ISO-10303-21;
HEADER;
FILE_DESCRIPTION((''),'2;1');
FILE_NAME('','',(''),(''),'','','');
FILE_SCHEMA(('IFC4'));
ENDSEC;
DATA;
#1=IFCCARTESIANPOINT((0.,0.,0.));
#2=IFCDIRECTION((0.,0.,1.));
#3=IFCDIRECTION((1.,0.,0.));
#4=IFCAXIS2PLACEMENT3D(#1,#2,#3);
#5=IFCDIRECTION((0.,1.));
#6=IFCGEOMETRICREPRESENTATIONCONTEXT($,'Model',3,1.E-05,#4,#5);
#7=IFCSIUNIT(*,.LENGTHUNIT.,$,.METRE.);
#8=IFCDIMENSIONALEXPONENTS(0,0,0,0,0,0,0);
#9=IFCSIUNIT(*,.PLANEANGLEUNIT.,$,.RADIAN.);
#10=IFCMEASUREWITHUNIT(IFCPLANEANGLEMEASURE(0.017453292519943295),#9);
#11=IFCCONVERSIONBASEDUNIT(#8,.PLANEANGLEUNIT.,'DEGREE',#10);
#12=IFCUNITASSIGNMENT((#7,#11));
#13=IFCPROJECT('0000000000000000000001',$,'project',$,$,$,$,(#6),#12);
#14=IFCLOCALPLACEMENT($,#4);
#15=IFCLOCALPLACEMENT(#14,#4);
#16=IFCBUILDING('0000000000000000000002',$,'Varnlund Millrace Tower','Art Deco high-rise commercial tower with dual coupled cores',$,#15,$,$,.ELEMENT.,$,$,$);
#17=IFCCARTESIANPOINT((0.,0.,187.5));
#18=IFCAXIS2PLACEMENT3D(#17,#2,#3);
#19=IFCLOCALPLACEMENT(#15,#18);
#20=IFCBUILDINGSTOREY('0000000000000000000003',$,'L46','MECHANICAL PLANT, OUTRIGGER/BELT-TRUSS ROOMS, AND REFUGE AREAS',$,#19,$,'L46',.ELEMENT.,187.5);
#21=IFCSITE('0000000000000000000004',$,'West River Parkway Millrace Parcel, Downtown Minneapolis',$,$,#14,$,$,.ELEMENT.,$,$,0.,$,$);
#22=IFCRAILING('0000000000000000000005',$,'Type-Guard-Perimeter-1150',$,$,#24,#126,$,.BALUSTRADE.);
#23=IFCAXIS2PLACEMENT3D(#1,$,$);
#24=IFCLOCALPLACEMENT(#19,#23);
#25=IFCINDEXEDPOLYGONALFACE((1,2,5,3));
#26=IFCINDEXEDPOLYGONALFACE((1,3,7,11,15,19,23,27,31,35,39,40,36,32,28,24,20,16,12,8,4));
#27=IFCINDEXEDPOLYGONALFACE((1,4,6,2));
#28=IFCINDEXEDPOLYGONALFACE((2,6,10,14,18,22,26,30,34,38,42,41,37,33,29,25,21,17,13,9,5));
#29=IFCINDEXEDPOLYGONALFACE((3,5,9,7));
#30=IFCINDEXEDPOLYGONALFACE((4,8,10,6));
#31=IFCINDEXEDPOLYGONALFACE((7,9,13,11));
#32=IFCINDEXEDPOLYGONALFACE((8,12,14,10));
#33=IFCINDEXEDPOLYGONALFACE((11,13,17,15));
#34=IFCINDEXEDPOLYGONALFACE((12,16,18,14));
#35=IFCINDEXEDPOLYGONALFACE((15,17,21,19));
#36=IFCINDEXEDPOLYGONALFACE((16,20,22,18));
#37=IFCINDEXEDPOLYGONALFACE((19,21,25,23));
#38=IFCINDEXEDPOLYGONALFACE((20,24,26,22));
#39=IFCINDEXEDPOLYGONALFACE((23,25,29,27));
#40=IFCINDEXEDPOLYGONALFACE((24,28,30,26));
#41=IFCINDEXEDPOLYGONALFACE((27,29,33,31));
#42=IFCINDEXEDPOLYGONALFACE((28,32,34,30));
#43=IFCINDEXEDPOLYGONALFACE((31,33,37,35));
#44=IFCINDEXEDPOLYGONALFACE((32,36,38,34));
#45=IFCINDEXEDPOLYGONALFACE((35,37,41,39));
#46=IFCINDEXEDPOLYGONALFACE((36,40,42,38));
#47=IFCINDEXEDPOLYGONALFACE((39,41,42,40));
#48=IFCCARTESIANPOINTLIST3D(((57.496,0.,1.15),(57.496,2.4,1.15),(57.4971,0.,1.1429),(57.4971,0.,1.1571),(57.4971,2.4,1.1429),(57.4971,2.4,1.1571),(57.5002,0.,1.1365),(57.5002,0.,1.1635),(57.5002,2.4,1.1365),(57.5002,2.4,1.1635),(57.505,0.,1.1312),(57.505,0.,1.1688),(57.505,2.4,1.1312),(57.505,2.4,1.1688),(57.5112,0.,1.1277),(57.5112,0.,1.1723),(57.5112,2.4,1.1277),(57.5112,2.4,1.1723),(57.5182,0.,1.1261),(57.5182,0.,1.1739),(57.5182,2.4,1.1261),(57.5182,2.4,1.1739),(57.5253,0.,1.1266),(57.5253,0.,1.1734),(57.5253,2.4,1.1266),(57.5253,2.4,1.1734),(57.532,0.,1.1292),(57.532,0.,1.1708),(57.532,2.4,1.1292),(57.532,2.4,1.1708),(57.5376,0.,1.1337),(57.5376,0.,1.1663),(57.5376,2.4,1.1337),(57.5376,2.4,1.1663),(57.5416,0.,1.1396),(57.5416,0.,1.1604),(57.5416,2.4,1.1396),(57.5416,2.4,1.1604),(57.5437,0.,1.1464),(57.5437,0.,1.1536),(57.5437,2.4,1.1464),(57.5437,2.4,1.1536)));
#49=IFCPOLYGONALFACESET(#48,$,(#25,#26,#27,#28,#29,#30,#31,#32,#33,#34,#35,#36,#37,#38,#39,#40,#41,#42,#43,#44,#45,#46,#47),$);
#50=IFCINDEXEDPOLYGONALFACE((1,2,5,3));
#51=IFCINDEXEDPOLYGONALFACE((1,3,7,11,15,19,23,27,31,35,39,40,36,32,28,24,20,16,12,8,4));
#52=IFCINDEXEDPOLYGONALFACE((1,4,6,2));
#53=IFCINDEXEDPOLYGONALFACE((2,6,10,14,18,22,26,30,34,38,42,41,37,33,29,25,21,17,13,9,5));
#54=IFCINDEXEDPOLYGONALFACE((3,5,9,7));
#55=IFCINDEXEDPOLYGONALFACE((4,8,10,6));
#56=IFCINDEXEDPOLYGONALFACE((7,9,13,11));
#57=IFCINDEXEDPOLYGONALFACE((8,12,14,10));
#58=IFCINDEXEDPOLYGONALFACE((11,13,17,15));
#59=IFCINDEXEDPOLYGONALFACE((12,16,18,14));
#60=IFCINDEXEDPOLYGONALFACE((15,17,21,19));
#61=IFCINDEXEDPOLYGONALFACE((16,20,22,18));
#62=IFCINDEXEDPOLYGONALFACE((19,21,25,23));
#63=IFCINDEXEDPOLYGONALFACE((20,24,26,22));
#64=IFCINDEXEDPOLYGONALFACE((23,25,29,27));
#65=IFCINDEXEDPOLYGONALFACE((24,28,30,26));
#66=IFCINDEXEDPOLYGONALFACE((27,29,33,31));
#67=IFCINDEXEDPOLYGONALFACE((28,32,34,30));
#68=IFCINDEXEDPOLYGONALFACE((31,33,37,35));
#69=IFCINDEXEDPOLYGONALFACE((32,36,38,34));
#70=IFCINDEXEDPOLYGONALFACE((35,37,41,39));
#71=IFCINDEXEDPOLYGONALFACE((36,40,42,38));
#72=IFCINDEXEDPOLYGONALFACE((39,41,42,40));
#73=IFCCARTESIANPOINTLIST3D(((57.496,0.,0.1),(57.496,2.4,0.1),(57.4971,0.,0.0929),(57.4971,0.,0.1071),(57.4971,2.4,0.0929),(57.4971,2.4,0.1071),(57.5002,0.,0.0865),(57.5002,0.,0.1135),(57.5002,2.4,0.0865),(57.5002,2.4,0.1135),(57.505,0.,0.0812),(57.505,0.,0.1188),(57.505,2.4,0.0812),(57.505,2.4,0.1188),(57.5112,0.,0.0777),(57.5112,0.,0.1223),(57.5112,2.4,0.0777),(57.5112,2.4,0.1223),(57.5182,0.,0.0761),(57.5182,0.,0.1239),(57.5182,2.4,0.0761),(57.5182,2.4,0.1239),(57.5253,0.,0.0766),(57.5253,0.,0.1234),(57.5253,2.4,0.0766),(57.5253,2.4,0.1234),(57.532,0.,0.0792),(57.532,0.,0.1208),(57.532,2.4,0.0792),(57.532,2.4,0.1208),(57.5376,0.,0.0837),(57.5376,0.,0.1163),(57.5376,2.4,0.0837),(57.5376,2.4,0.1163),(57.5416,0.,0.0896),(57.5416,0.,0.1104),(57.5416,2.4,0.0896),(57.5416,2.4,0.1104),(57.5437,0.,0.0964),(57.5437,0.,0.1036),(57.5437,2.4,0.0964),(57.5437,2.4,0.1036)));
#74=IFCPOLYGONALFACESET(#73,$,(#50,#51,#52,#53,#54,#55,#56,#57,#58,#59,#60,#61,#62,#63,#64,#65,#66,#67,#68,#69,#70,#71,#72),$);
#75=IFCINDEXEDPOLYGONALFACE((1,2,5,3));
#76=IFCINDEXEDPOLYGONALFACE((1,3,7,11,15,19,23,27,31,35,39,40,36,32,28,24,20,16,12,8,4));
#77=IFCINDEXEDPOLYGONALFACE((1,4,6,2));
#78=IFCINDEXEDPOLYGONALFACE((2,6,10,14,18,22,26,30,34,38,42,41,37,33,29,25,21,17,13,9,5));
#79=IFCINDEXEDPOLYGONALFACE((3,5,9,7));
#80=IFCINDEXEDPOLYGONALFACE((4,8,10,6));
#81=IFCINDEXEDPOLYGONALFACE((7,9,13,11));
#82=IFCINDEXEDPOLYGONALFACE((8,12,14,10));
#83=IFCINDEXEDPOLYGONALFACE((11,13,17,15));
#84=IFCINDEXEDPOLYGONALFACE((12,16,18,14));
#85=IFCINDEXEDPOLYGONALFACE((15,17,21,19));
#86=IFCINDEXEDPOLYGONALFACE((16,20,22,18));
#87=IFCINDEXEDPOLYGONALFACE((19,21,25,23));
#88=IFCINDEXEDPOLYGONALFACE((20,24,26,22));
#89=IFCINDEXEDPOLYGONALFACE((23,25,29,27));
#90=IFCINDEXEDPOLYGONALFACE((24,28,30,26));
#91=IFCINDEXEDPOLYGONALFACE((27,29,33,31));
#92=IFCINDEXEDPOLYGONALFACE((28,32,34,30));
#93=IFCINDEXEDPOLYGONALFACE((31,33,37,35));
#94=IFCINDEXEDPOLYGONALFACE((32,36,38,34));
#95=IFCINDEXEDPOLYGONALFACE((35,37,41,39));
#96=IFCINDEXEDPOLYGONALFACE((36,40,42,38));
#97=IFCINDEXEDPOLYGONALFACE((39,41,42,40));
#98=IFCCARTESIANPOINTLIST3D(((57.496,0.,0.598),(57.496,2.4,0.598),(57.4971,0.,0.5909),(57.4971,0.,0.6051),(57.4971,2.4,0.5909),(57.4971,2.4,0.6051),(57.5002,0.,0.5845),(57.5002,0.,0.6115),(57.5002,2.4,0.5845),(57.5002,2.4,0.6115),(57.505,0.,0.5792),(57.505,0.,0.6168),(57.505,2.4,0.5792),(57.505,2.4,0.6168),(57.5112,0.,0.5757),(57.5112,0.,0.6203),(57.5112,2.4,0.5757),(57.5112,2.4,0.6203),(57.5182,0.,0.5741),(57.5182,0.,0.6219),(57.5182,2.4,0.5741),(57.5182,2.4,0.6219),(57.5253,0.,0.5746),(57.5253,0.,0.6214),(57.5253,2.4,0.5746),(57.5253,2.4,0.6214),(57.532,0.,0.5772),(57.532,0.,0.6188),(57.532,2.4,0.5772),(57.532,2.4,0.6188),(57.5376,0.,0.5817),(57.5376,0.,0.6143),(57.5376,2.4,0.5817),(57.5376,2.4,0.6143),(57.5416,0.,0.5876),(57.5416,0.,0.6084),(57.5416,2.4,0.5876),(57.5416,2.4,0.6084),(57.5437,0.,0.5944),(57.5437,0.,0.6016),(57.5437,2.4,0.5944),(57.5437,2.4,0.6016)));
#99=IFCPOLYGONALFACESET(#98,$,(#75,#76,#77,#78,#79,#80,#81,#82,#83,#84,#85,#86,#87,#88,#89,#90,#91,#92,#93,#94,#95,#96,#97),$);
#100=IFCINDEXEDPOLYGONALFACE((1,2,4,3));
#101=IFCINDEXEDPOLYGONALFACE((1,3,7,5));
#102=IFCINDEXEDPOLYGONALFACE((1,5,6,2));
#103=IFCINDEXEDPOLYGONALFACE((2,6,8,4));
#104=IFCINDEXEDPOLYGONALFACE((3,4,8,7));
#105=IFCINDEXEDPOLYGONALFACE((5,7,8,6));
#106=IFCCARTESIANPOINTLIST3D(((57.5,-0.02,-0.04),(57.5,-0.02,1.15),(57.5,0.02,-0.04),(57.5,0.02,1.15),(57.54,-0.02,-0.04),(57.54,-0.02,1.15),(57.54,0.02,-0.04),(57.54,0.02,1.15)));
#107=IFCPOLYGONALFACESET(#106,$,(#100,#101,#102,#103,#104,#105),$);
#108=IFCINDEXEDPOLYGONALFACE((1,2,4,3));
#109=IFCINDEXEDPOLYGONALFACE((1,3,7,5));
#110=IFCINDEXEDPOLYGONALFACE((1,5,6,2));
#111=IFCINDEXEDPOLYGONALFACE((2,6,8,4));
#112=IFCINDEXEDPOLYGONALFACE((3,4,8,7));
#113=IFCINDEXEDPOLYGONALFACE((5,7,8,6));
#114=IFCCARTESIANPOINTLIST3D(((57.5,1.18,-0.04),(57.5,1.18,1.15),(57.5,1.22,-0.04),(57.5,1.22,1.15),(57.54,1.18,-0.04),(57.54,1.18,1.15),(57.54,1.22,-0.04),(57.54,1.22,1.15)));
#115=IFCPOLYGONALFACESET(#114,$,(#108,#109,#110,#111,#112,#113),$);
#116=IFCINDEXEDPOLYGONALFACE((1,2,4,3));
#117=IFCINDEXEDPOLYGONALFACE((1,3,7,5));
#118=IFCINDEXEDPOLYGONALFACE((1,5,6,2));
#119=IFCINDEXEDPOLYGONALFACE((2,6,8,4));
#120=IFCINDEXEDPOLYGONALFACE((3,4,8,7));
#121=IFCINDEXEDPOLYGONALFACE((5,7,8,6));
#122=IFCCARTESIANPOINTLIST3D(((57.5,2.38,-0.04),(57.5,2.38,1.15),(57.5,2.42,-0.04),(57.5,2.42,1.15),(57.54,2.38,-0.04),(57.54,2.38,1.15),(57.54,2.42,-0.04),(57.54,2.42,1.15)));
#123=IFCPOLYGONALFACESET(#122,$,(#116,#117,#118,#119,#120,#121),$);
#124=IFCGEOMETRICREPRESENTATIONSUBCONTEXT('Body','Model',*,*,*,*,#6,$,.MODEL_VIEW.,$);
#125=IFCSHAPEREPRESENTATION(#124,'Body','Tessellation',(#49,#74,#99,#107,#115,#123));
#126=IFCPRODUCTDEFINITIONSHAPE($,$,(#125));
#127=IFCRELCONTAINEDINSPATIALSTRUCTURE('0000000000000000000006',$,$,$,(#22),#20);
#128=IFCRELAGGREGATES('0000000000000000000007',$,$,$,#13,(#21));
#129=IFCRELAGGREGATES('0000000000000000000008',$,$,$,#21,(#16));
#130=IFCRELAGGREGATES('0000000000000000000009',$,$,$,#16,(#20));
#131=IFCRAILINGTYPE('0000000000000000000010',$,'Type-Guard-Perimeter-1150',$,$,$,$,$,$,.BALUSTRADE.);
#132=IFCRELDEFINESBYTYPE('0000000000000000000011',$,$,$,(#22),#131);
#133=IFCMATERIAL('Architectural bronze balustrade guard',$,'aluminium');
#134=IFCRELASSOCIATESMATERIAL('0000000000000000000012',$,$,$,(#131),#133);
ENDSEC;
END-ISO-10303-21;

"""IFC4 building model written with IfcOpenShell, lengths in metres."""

from ifc_helpers import new_model, entity, si_unit, converted_unit, direction, frame, origin_with_axes, origin_2d_with_axis, place, context, subcontext, project, spatial, rectangle, circle, extrude, material, type_object, element, save


model = new_model("IFC4")

# Units and contexts
model_context = context("Model", 3, precision=1e-05, world=origin_with_axes(), true_north=direction((0.0, 1.0)))
body_context = subcontext(model_context, "Body", "Model", "MODEL_VIEW")
ifc_project = project(units=[si_unit("LENGTHUNIT", "METRE"), converted_unit("PLANEANGLEUNIT", "DEGREE", entity("IfcPlaneAngleMeasure", 0.017453292519943295), si_unit("PLANEANGLEUNIT", "RADIAN"), dimensions=[0, 0, 0, 0, 0, 0, 0])], contexts=[model_context])

# Site, building, storey
site_placement = place(None, origin_with_axes())
site = spatial("IfcSite", under=ifc_project, at=site_placement, Name="West River Parkway Millrace Parcel, Downtown Minneapolis", CompositionType="ELEMENT", RefElevation=0.0)
building_placement = place(site_placement, origin_with_axes())
building = spatial("IfcBuilding", under=site, at=building_placement, Name="Varnlund Millrace Tower", Description="Art Deco high-rise commercial tower with dual coupled cores", CompositionType="ELEMENT")
storey_placement = place(building_placement, frame((0.0, 0.0, 187.5), z_axis=(0.0, 0.0, 1.0), x_axis=(1.0, 0.0, 0.0)))
storey = spatial("IfcBuildingStorey", under=building, at=storey_placement, Name="L46", Description="MECHANICAL PLANT, OUTRIGGER/BELT-TRUSS ROOMS, AND REFUGE AREAS", LongName="L46", CompositionType="ELEMENT", Elevation=187.5)

# Railing
ifc_material_1 = material(Name="Architectural bronze balustrade guard", Category="aluminium")
railing_type_1 = type_object("IfcRailingType", Name="Type-Guard-Perimeter-1150", PredefinedType="BALUSTRADE", material=ifc_material_1)
railing_1_placement = place(storey_placement, frame((0.0, 0.0, -187.5), z_axis=(0.0, 0.0, 1.0), x_axis=(1.0, 0.0, 0.0)))
element("IfcRailing", 1, at=railing_1_placement, inside=storey, type_object=railing_type_1, Name="Type-Guard-Perimeter-1150", PredefinedType="BALUSTRADE", context=body_context, shape_type="SweptSolid", body=[
    extrude(circle(Radius=0.024, at=origin_2d_with_axis()), frame((57.52, 0.0, 188.65), z_axis=(0.0, 1.0, 0.0), x_axis=(-1.0, 0.0, 0.0)), (0.0, 0.0, 1.0), 2.4),
    extrude(circle(Radius=0.024, at=origin_2d_with_axis()), frame((57.52, 0.0, 187.6), z_axis=(0.0, 1.0, 0.0), x_axis=(-1.0, 0.0, 0.0)), (0.0, 0.0, 1.0), 2.4),
    extrude(circle(Radius=0.024, at=origin_2d_with_axis()), frame((57.52, 0.0, 188.098), z_axis=(0.0, 1.0, 0.0), x_axis=(-1.0, 0.0, 0.0)), (0.0, 0.0, 1.0), 2.4),
    extrude(rectangle(XDim=0.04, YDim=0.04, at=origin_2d_with_axis()), frame((57.52, 0.0, 187.46), z_axis=(0.0, 0.0, 1.0), x_axis=(1.0, 0.0, 0.0)), (0.0, 0.0, 1.0), 1.19),
    extrude(rectangle(XDim=0.04, YDim=0.04, at=origin_2d_with_axis()), frame((57.52, 1.2, 187.46), z_axis=(0.0, 0.0, 1.0), x_axis=(1.0, 0.0, 0.0)), (0.0, 0.0, 1.0), 1.19),
    extrude(rectangle(XDim=0.04, YDim=0.04, at=origin_2d_with_axis()), frame((57.52, 2.4, 187.46), z_axis=(0.0, 0.0, 1.0), x_axis=(1.0, 0.0, 0.0)), (0.0, 0.0, 1.0), 1.19),
])

save(model, "model.ifc")
